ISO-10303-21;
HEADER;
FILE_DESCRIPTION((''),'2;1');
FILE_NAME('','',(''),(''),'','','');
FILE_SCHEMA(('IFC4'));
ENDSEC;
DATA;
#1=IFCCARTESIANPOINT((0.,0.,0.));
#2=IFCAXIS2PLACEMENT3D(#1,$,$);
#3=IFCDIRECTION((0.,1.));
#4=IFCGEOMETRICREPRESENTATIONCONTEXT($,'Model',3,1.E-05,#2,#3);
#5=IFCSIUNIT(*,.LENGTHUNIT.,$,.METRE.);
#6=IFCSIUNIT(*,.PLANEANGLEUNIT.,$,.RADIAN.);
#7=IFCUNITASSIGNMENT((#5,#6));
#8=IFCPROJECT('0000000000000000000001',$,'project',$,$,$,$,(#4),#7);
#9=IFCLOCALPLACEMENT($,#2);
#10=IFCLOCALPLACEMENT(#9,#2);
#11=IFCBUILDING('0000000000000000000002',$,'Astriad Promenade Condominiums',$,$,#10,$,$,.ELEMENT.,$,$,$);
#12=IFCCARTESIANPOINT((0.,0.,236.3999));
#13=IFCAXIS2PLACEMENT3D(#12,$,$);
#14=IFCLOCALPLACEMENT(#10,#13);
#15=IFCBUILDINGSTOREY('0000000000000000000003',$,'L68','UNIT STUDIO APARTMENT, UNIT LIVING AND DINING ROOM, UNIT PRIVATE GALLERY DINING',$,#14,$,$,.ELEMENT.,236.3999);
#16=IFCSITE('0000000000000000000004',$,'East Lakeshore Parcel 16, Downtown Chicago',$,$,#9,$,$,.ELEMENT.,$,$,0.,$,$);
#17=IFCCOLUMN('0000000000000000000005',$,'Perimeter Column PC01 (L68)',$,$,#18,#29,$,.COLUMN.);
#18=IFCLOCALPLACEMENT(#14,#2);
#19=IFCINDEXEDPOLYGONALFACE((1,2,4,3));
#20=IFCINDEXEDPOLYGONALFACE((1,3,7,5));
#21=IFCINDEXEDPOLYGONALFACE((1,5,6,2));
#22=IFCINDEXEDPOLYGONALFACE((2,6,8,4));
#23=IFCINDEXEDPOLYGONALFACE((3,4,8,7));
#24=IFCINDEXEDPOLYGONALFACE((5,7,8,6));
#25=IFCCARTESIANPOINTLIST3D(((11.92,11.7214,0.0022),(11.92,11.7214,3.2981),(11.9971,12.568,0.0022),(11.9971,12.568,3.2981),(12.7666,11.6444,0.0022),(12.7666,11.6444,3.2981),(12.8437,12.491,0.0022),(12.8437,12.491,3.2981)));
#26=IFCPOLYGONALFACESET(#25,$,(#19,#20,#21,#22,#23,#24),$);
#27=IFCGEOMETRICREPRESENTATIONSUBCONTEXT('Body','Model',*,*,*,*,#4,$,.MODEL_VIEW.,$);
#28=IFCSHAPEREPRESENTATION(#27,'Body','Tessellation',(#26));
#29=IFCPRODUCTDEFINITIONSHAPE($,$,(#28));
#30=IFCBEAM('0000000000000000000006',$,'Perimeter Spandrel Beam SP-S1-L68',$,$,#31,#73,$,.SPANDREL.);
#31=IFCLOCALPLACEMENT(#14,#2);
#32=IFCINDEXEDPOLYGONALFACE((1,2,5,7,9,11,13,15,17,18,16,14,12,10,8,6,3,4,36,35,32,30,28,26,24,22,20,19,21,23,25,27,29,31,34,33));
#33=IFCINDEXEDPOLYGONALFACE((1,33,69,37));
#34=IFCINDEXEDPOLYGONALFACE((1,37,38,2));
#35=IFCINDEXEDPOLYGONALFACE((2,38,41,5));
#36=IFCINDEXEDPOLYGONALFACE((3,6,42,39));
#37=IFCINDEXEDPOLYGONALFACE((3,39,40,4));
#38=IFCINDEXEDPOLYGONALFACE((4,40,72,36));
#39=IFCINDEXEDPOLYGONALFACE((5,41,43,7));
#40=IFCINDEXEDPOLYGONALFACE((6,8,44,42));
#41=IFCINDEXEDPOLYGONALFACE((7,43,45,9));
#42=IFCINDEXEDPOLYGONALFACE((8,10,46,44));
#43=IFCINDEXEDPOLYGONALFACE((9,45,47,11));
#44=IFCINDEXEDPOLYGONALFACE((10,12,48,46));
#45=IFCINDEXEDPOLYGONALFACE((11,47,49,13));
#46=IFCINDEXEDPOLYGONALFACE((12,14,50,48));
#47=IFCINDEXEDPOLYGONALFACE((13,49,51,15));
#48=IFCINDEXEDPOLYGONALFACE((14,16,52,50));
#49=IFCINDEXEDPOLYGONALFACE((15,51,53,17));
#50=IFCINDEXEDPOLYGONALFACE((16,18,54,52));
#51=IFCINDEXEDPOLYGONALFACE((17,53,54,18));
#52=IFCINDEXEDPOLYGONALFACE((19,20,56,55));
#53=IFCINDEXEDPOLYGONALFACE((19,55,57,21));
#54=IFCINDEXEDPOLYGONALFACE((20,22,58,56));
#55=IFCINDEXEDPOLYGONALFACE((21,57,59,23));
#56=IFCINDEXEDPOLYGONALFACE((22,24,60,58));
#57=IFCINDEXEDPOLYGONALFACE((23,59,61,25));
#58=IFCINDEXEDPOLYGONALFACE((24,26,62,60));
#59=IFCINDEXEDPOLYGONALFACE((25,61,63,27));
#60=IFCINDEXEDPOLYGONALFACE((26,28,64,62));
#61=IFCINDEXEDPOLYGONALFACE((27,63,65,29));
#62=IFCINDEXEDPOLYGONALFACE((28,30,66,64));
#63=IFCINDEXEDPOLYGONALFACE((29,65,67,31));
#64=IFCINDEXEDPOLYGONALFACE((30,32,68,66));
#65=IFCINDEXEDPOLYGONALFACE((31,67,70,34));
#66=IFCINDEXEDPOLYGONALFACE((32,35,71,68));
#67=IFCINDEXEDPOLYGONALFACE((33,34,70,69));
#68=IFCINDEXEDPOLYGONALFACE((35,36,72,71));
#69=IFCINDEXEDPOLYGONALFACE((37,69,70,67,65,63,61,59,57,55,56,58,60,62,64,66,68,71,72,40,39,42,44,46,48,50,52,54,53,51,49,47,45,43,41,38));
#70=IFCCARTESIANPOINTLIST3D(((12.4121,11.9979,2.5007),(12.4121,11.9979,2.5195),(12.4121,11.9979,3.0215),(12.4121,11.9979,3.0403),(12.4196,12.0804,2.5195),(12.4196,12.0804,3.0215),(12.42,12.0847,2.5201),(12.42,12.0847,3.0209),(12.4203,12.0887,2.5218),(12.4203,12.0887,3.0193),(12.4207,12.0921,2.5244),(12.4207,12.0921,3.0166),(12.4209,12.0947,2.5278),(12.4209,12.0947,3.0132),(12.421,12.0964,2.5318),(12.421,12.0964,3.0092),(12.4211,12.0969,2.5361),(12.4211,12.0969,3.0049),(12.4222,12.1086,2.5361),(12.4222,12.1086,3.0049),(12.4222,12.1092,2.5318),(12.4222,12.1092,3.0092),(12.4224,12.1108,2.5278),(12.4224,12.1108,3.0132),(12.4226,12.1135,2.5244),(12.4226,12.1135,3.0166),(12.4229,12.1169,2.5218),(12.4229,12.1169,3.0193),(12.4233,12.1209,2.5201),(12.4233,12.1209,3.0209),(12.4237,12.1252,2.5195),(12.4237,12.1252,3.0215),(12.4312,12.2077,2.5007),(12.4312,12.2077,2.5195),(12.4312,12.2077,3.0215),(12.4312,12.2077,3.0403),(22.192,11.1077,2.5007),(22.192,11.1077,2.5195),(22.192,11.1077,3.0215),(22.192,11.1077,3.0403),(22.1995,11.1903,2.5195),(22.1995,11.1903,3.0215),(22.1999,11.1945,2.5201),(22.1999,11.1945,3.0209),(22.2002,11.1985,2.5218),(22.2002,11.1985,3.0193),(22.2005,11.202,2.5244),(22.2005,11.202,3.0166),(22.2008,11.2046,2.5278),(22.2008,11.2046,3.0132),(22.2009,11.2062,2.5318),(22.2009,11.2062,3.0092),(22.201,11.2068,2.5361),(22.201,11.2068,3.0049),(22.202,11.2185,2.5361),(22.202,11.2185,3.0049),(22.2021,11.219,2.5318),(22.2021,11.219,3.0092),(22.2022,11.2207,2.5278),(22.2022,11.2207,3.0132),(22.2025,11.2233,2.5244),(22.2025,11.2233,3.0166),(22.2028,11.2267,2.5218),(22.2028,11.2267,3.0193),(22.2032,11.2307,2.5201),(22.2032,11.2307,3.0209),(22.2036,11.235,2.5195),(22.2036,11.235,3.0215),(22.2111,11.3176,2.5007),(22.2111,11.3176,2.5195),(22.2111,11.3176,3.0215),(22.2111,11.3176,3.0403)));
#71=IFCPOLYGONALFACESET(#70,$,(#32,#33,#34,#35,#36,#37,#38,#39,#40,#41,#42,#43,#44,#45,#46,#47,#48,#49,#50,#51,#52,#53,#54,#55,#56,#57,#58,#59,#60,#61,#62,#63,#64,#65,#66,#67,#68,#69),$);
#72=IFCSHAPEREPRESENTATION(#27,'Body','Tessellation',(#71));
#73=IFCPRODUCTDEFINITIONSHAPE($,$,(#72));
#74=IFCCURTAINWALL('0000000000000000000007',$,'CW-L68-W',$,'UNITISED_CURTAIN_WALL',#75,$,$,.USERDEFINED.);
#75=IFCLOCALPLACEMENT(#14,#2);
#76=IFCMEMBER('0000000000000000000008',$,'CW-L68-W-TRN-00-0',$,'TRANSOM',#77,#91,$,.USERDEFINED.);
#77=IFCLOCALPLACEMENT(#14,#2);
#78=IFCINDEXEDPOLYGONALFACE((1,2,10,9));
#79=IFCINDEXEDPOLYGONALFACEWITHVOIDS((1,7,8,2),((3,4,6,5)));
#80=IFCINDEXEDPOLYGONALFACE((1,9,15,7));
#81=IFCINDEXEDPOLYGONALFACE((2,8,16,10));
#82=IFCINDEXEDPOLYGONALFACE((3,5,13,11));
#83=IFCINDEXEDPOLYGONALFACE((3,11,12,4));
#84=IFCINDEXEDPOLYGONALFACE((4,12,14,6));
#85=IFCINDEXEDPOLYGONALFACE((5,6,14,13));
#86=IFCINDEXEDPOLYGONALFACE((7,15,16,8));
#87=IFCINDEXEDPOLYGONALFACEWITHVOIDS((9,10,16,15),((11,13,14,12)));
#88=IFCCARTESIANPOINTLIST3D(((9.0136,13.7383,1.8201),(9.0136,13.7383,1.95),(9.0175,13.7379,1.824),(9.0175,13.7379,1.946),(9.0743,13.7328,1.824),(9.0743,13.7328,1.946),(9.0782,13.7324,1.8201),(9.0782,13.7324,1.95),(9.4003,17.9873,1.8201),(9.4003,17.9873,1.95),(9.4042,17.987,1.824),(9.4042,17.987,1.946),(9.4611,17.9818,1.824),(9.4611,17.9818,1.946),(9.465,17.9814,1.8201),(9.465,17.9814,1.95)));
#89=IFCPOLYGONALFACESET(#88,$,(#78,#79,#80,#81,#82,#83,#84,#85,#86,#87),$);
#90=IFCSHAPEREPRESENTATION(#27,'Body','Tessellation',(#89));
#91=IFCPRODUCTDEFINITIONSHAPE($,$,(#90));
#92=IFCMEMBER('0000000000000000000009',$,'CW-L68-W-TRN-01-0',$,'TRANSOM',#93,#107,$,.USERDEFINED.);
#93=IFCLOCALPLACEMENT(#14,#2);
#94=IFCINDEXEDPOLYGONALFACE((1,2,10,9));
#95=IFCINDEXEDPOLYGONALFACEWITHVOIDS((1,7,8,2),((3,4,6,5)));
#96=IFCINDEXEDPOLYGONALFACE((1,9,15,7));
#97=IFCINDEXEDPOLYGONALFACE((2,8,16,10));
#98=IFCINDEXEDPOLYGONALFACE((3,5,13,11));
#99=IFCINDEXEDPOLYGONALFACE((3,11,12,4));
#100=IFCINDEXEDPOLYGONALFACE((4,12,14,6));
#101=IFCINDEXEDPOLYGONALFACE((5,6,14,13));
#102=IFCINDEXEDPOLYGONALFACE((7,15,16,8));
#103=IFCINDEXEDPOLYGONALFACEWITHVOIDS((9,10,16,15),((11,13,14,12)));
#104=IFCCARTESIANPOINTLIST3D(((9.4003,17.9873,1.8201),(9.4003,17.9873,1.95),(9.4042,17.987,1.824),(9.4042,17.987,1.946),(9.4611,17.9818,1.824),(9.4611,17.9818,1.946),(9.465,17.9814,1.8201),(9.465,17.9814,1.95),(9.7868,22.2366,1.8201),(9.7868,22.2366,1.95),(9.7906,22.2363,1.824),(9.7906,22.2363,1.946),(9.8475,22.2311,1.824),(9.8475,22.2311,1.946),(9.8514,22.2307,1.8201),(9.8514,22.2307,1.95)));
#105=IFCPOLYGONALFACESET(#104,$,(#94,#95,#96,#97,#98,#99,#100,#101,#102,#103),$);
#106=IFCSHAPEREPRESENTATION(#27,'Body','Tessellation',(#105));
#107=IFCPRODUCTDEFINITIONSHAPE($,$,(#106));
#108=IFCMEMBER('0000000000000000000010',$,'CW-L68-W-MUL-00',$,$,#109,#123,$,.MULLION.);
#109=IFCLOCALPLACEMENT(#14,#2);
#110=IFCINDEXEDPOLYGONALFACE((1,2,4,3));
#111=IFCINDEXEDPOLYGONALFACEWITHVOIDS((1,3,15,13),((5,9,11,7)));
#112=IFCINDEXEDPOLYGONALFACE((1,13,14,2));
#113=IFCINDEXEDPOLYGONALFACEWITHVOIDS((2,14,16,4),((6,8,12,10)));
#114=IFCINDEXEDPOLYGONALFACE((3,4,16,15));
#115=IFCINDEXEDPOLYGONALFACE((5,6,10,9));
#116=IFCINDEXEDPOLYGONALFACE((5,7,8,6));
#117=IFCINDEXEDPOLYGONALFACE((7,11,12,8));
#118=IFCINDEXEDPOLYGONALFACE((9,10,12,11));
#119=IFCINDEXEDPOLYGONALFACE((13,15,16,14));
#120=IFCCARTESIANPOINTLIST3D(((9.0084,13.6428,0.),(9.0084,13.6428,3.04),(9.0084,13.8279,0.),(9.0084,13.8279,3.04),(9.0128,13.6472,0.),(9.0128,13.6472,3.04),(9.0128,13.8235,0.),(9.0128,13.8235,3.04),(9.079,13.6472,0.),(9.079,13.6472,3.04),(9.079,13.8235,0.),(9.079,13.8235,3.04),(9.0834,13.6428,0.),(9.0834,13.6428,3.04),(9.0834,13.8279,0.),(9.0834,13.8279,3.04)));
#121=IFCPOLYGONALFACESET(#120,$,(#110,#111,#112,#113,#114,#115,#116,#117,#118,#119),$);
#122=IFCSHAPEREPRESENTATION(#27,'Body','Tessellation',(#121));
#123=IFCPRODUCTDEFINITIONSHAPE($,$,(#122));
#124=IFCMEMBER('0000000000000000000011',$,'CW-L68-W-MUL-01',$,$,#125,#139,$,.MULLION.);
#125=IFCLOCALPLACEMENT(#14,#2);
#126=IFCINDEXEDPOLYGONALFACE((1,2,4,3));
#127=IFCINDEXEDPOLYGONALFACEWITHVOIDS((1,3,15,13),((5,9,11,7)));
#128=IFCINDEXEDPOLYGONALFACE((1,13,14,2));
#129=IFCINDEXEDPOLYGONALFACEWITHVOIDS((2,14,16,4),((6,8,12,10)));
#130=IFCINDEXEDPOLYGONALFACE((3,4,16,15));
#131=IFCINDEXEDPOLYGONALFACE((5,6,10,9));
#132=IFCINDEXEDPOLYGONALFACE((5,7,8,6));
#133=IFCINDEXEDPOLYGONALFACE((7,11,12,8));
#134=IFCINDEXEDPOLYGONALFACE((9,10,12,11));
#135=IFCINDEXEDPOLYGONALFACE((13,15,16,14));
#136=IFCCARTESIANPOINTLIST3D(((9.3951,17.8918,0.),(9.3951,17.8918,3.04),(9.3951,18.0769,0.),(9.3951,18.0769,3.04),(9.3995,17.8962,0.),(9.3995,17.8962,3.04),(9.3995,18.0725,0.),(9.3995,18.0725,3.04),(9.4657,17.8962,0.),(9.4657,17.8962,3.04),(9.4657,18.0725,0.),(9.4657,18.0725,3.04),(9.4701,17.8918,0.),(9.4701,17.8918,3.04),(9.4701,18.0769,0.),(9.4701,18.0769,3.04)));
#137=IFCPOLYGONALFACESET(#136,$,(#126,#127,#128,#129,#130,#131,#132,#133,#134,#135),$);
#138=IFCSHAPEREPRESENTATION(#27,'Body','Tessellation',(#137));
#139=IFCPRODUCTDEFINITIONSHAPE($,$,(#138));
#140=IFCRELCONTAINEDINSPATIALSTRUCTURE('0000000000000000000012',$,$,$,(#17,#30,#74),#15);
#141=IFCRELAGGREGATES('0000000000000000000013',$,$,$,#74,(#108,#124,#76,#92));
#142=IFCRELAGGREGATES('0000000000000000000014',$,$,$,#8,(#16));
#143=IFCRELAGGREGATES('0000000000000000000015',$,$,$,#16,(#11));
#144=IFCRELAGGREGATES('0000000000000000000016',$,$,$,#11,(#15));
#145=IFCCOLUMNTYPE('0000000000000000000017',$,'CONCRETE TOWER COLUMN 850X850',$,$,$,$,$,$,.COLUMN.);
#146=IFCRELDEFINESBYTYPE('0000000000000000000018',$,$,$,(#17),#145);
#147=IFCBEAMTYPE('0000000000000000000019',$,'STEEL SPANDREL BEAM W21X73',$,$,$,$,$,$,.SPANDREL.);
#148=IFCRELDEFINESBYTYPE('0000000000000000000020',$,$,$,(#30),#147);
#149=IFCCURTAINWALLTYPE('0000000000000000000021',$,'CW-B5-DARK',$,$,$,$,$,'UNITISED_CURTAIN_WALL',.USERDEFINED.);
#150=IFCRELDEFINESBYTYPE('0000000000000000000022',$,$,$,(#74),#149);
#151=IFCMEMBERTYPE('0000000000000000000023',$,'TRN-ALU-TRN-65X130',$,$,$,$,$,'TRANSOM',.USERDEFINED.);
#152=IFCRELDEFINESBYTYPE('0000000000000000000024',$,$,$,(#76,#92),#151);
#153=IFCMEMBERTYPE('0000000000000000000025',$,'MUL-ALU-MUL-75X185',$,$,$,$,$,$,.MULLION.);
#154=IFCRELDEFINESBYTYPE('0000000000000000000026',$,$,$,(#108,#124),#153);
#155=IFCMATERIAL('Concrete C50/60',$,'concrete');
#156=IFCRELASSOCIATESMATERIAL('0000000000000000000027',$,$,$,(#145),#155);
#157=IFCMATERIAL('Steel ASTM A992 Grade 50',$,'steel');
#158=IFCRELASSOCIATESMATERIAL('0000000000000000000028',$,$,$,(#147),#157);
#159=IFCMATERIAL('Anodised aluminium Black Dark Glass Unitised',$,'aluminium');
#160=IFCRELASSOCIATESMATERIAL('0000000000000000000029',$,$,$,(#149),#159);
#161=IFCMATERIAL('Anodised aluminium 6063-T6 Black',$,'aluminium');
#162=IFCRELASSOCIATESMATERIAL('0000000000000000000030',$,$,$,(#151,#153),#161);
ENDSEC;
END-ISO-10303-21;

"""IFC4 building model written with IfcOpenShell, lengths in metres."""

from ifc_helpers import new_model, si_unit, direction, frame, origin, origin_2d, place, context, subcontext, project, spatial, rectangle, hollow_rectangle, i_section, extrude, source, transform, mapped, material, material_profile, profile_set, type_object, type_shapes, element, aggregate, save


model = new_model("IFC4")

# Units and contexts
model_context = context("Model", 3, precision=1e-05, world=origin(), true_north=direction((0.0, 1.0)))
body_context = subcontext(model_context, "Body", "Model", "MODEL_VIEW")
ifc_project = project(units=[si_unit("LENGTHUNIT", "METRE"), si_unit("PLANEANGLEUNIT", "RADIAN")], contexts=[model_context])

# Site, building, storey
site_placement = place(None, origin())
site = spatial("IfcSite", under=ifc_project, at=site_placement, Name="East Lakeshore Parcel 16, Downtown Chicago", CompositionType="ELEMENT", RefElevation=0.0)
building_placement = place(site_placement, origin())
building = spatial("IfcBuilding", under=site, at=building_placement, Name="Astriad Promenade Condominiums", CompositionType="ELEMENT")
storey_placement = place(building_placement, frame((0.0, 0.0, 236.3999)))
storey = spatial("IfcBuildingStorey", under=building, at=storey_placement, Name="L68", Description="UNIT STUDIO APARTMENT, UNIT LIVING AND DINING ROOM, UNIT PRIVATE GALLERY DINING", CompositionType="ELEMENT", Elevation=236.3999)

# Column
ifc_material_1 = material(Name="Concrete C50/60", Category="concrete")
ifc_material_profile_1 = material_profile(ifc_material_1, rectangle(XDim=0.8501, YDim=0.8501, at=origin_2d()), Name="RC-COL-850X850")
ifc_profile_set_1 = profile_set([ifc_material_profile_1], Name="Concrete C50/60")
column_type = type_object("IfcColumnType", Name="CONCRETE TOWER COLUMN 850X850", PredefinedType="COLUMN", material=ifc_profile_set_1)
shared_shape_1 = source(origin(), body_context, "Body", "SweptSolid", [
    extrude(rectangle(XDim=0.8501, YDim=0.8501, at=origin_2d()), origin(), (0.0, 0.0, 1.0), 3.2959),
])
type_shapes(column_type, [shared_shape_1])
column_placement = place(storey_placement, frame((12.3818, 12.1062, 0.0022), z_axis=(0.0, 0.0, 1.0), x_axis=(0.995884, -0.090633, 0.0)))
element("IfcColumn", 1, at=column_placement, inside=storey, type_object=column_type, Name="Perimeter Column PC01 (L68)", PredefinedType="COLUMN", context=body_context, shape_type="MappedRepresentation", body=[
    mapped(shared_shape_1, transform((0.0, 0.0, 0.0), scale=1.0)),
])

# Beam
ifc_material_2 = material(Name="Steel ASTM A992 Grade 50", Category="steel")
ifc_material_profile_2 = material_profile(ifc_material_2, i_section(OverallWidth=0.2107, OverallDepth=0.5396, WebThickness=0.0117, FlangeThickness=0.0188, FilletRadius=0.0166, at=origin_2d()), Name="W21X73")
ifc_profile_set_2 = profile_set([ifc_material_profile_2], Name="Steel ASTM A992 Grade 50")
beam_type = type_object("IfcBeamType", Name="STEEL SPANDREL BEAM W21X73", PredefinedType="SPANDREL", material=ifc_profile_set_2)
shared_shape_2 = source(origin(), body_context, "Body", "SweptSolid", [
    extrude(i_section(OverallWidth=0.2107, OverallDepth=0.5396, WebThickness=0.0117, FlangeThickness=0.0188, FilletRadius=0.0166, at=origin_2d()), origin(), (0.0, 0.0, 1.0), 9.8203),
])
type_shapes(beam_type, [shared_shape_2])
beam_placement = place(storey_placement, frame((12.4216, 12.1028, 2.7705), z_axis=(0.995883, -0.090643, 0.0), x_axis=(0.090643, 0.995883, 0.0)))
element("IfcBeam", 2, at=beam_placement, inside=storey, type_object=beam_type, Name="Perimeter Spandrel Beam SP-S1-L68", PredefinedType="SPANDREL", context=body_context, shape_type="MappedRepresentation", body=[
    mapped(shared_shape_2, transform((0.0, 0.0, 0.0), scale=1.0)),
])

# Curtain wall, members
ifc_material_3 = material(Name="Anodised aluminium Black Dark Glass Unitised", Category="aluminium")
curtain_wall_type = type_object("IfcCurtainWallType", Name="CW-B5-DARK", ElementType="UNITISED_CURTAIN_WALL", PredefinedType="USERDEFINED", material=ifc_material_3)
curtain_wall_placement = place(storey_placement, origin())
curtain_wall = element("IfcCurtainWall", 3, at=curtain_wall_placement, inside=storey, type_object=curtain_wall_type, Name="CW-L68-W", ObjectType="UNITISED_CURTAIN_WALL", PredefinedType="USERDEFINED")
ifc_material_4 = material(Name="Anodised aluminium 6063-T6 Black", Category="aluminium")
ifc_material_profile_3 = material_profile(ifc_material_4, hollow_rectangle(XDim=0.0649, YDim=0.1299, WallThickness=0.0039, at=origin_2d()), Name="ALU-TRN-65X130")
ifc_profile_set_3 = profile_set([ifc_material_profile_3], Name="Anodised aluminium 6063-T6 Black")
member_type_1 = type_object("IfcMemberType", Name="TRN-ALU-TRN-65X130", ElementType="TRANSOM", PredefinedType="USERDEFINED", material=ifc_profile_set_3)
shared_shape_3 = source(origin(), body_context, "Body", "SweptSolid", [
    extrude(hollow_rectangle(XDim=0.0649, YDim=0.1299, WallThickness=0.0039, at=origin_2d()), origin(), (0.0, 0.0, 1.0), 4.2666),
])
member_1_placement = place(storey_placement, frame((9.0459, 13.7354, 1.885), z_axis=(0.090639, 0.995884, 0.0), x_axis=(-0.995884, 0.090639, 0.0)))
member_1 = element("IfcMember", 4, at=member_1_placement, type_object=member_type_1, Name="CW-L68-W-TRN-00-0", ObjectType="TRANSOM", PredefinedType="USERDEFINED", context=body_context, shape_type="MappedRepresentation", body=[
    mapped(shared_shape_3, transform((0.0, 0.0, 0.0), scale=1.0)),
])
shared_shape_4 = source(origin(), body_context, "Body", "SweptSolid", [
    extrude(hollow_rectangle(XDim=0.0649, YDim=0.1299, WallThickness=0.0039, at=origin_2d()), origin(), (0.0, 0.0, 1.0), 4.2668),
])
type_shapes(member_type_1, [shared_shape_3, shared_shape_4])
member_2_placement = place(storey_placement, frame((9.4326, 17.9844, 1.885), z_axis=(0.090577, 0.995889, 0.0), x_axis=(-0.995889, 0.090577, 0.0)))
member_2 = element("IfcMember", 5, at=member_2_placement, type_object=member_type_1, Name="CW-L68-W-TRN-01-0", ObjectType="TRANSOM", PredefinedType="USERDEFINED", context=body_context, shape_type="MappedRepresentation", body=[
    mapped(shared_shape_4, transform((0.0, 0.0, 0.0), scale=1.0)),
])
ifc_material_profile_4 = material_profile(ifc_material_4, hollow_rectangle(XDim=0.075, YDim=0.1851, WallThickness=0.0044, at=origin_2d()), Name="ALU-MUL-75X185")
ifc_profile_set_4 = profile_set([ifc_material_profile_4], Name="Anodised aluminium 6063-T6 Black")
member_type_2 = type_object("IfcMemberType", Name="MUL-ALU-MUL-75X185", PredefinedType="MULLION", material=ifc_profile_set_4)
shared_shape_5 = source(origin(), body_context, "Body", "SweptSolid", [
    extrude(hollow_rectangle(XDim=0.075, YDim=0.1851, WallThickness=0.0044, at=origin_2d()), origin(), (0.0, 0.0, 1.0), 3.04),
])
type_shapes(member_type_2, [shared_shape_5])
member_3_placement = place(storey_placement, frame((9.0459, 13.7354, 0.0), z_axis=(0.0, 0.0, 1.0), x_axis=(1.0, 0.0, 0.0)))
member_3 = element("IfcMember", 6, at=member_3_placement, type_object=member_type_2, Name="CW-L68-W-MUL-00", PredefinedType="MULLION", context=body_context, shape_type="MappedRepresentation", body=[
    mapped(shared_shape_5, transform((0.0, 0.0, 0.0), scale=1.0)),
])
member_4_placement = place(storey_placement, frame((9.4326, 17.9844, 0.0), z_axis=(0.0, 0.0, 1.0), x_axis=(1.0, 0.0, 0.0)))
member_4 = element("IfcMember", 7, at=member_4_placement, type_object=member_type_2, Name="CW-L68-W-MUL-01", PredefinedType="MULLION", context=body_context, shape_type="MappedRepresentation", body=[
    mapped(shared_shape_5, transform((0.0, 0.0, 0.0), scale=1.0)),
])

aggregate(curtain_wall, [member_3, member_4, member_1, member_2])

save(model, "model.ifc")
